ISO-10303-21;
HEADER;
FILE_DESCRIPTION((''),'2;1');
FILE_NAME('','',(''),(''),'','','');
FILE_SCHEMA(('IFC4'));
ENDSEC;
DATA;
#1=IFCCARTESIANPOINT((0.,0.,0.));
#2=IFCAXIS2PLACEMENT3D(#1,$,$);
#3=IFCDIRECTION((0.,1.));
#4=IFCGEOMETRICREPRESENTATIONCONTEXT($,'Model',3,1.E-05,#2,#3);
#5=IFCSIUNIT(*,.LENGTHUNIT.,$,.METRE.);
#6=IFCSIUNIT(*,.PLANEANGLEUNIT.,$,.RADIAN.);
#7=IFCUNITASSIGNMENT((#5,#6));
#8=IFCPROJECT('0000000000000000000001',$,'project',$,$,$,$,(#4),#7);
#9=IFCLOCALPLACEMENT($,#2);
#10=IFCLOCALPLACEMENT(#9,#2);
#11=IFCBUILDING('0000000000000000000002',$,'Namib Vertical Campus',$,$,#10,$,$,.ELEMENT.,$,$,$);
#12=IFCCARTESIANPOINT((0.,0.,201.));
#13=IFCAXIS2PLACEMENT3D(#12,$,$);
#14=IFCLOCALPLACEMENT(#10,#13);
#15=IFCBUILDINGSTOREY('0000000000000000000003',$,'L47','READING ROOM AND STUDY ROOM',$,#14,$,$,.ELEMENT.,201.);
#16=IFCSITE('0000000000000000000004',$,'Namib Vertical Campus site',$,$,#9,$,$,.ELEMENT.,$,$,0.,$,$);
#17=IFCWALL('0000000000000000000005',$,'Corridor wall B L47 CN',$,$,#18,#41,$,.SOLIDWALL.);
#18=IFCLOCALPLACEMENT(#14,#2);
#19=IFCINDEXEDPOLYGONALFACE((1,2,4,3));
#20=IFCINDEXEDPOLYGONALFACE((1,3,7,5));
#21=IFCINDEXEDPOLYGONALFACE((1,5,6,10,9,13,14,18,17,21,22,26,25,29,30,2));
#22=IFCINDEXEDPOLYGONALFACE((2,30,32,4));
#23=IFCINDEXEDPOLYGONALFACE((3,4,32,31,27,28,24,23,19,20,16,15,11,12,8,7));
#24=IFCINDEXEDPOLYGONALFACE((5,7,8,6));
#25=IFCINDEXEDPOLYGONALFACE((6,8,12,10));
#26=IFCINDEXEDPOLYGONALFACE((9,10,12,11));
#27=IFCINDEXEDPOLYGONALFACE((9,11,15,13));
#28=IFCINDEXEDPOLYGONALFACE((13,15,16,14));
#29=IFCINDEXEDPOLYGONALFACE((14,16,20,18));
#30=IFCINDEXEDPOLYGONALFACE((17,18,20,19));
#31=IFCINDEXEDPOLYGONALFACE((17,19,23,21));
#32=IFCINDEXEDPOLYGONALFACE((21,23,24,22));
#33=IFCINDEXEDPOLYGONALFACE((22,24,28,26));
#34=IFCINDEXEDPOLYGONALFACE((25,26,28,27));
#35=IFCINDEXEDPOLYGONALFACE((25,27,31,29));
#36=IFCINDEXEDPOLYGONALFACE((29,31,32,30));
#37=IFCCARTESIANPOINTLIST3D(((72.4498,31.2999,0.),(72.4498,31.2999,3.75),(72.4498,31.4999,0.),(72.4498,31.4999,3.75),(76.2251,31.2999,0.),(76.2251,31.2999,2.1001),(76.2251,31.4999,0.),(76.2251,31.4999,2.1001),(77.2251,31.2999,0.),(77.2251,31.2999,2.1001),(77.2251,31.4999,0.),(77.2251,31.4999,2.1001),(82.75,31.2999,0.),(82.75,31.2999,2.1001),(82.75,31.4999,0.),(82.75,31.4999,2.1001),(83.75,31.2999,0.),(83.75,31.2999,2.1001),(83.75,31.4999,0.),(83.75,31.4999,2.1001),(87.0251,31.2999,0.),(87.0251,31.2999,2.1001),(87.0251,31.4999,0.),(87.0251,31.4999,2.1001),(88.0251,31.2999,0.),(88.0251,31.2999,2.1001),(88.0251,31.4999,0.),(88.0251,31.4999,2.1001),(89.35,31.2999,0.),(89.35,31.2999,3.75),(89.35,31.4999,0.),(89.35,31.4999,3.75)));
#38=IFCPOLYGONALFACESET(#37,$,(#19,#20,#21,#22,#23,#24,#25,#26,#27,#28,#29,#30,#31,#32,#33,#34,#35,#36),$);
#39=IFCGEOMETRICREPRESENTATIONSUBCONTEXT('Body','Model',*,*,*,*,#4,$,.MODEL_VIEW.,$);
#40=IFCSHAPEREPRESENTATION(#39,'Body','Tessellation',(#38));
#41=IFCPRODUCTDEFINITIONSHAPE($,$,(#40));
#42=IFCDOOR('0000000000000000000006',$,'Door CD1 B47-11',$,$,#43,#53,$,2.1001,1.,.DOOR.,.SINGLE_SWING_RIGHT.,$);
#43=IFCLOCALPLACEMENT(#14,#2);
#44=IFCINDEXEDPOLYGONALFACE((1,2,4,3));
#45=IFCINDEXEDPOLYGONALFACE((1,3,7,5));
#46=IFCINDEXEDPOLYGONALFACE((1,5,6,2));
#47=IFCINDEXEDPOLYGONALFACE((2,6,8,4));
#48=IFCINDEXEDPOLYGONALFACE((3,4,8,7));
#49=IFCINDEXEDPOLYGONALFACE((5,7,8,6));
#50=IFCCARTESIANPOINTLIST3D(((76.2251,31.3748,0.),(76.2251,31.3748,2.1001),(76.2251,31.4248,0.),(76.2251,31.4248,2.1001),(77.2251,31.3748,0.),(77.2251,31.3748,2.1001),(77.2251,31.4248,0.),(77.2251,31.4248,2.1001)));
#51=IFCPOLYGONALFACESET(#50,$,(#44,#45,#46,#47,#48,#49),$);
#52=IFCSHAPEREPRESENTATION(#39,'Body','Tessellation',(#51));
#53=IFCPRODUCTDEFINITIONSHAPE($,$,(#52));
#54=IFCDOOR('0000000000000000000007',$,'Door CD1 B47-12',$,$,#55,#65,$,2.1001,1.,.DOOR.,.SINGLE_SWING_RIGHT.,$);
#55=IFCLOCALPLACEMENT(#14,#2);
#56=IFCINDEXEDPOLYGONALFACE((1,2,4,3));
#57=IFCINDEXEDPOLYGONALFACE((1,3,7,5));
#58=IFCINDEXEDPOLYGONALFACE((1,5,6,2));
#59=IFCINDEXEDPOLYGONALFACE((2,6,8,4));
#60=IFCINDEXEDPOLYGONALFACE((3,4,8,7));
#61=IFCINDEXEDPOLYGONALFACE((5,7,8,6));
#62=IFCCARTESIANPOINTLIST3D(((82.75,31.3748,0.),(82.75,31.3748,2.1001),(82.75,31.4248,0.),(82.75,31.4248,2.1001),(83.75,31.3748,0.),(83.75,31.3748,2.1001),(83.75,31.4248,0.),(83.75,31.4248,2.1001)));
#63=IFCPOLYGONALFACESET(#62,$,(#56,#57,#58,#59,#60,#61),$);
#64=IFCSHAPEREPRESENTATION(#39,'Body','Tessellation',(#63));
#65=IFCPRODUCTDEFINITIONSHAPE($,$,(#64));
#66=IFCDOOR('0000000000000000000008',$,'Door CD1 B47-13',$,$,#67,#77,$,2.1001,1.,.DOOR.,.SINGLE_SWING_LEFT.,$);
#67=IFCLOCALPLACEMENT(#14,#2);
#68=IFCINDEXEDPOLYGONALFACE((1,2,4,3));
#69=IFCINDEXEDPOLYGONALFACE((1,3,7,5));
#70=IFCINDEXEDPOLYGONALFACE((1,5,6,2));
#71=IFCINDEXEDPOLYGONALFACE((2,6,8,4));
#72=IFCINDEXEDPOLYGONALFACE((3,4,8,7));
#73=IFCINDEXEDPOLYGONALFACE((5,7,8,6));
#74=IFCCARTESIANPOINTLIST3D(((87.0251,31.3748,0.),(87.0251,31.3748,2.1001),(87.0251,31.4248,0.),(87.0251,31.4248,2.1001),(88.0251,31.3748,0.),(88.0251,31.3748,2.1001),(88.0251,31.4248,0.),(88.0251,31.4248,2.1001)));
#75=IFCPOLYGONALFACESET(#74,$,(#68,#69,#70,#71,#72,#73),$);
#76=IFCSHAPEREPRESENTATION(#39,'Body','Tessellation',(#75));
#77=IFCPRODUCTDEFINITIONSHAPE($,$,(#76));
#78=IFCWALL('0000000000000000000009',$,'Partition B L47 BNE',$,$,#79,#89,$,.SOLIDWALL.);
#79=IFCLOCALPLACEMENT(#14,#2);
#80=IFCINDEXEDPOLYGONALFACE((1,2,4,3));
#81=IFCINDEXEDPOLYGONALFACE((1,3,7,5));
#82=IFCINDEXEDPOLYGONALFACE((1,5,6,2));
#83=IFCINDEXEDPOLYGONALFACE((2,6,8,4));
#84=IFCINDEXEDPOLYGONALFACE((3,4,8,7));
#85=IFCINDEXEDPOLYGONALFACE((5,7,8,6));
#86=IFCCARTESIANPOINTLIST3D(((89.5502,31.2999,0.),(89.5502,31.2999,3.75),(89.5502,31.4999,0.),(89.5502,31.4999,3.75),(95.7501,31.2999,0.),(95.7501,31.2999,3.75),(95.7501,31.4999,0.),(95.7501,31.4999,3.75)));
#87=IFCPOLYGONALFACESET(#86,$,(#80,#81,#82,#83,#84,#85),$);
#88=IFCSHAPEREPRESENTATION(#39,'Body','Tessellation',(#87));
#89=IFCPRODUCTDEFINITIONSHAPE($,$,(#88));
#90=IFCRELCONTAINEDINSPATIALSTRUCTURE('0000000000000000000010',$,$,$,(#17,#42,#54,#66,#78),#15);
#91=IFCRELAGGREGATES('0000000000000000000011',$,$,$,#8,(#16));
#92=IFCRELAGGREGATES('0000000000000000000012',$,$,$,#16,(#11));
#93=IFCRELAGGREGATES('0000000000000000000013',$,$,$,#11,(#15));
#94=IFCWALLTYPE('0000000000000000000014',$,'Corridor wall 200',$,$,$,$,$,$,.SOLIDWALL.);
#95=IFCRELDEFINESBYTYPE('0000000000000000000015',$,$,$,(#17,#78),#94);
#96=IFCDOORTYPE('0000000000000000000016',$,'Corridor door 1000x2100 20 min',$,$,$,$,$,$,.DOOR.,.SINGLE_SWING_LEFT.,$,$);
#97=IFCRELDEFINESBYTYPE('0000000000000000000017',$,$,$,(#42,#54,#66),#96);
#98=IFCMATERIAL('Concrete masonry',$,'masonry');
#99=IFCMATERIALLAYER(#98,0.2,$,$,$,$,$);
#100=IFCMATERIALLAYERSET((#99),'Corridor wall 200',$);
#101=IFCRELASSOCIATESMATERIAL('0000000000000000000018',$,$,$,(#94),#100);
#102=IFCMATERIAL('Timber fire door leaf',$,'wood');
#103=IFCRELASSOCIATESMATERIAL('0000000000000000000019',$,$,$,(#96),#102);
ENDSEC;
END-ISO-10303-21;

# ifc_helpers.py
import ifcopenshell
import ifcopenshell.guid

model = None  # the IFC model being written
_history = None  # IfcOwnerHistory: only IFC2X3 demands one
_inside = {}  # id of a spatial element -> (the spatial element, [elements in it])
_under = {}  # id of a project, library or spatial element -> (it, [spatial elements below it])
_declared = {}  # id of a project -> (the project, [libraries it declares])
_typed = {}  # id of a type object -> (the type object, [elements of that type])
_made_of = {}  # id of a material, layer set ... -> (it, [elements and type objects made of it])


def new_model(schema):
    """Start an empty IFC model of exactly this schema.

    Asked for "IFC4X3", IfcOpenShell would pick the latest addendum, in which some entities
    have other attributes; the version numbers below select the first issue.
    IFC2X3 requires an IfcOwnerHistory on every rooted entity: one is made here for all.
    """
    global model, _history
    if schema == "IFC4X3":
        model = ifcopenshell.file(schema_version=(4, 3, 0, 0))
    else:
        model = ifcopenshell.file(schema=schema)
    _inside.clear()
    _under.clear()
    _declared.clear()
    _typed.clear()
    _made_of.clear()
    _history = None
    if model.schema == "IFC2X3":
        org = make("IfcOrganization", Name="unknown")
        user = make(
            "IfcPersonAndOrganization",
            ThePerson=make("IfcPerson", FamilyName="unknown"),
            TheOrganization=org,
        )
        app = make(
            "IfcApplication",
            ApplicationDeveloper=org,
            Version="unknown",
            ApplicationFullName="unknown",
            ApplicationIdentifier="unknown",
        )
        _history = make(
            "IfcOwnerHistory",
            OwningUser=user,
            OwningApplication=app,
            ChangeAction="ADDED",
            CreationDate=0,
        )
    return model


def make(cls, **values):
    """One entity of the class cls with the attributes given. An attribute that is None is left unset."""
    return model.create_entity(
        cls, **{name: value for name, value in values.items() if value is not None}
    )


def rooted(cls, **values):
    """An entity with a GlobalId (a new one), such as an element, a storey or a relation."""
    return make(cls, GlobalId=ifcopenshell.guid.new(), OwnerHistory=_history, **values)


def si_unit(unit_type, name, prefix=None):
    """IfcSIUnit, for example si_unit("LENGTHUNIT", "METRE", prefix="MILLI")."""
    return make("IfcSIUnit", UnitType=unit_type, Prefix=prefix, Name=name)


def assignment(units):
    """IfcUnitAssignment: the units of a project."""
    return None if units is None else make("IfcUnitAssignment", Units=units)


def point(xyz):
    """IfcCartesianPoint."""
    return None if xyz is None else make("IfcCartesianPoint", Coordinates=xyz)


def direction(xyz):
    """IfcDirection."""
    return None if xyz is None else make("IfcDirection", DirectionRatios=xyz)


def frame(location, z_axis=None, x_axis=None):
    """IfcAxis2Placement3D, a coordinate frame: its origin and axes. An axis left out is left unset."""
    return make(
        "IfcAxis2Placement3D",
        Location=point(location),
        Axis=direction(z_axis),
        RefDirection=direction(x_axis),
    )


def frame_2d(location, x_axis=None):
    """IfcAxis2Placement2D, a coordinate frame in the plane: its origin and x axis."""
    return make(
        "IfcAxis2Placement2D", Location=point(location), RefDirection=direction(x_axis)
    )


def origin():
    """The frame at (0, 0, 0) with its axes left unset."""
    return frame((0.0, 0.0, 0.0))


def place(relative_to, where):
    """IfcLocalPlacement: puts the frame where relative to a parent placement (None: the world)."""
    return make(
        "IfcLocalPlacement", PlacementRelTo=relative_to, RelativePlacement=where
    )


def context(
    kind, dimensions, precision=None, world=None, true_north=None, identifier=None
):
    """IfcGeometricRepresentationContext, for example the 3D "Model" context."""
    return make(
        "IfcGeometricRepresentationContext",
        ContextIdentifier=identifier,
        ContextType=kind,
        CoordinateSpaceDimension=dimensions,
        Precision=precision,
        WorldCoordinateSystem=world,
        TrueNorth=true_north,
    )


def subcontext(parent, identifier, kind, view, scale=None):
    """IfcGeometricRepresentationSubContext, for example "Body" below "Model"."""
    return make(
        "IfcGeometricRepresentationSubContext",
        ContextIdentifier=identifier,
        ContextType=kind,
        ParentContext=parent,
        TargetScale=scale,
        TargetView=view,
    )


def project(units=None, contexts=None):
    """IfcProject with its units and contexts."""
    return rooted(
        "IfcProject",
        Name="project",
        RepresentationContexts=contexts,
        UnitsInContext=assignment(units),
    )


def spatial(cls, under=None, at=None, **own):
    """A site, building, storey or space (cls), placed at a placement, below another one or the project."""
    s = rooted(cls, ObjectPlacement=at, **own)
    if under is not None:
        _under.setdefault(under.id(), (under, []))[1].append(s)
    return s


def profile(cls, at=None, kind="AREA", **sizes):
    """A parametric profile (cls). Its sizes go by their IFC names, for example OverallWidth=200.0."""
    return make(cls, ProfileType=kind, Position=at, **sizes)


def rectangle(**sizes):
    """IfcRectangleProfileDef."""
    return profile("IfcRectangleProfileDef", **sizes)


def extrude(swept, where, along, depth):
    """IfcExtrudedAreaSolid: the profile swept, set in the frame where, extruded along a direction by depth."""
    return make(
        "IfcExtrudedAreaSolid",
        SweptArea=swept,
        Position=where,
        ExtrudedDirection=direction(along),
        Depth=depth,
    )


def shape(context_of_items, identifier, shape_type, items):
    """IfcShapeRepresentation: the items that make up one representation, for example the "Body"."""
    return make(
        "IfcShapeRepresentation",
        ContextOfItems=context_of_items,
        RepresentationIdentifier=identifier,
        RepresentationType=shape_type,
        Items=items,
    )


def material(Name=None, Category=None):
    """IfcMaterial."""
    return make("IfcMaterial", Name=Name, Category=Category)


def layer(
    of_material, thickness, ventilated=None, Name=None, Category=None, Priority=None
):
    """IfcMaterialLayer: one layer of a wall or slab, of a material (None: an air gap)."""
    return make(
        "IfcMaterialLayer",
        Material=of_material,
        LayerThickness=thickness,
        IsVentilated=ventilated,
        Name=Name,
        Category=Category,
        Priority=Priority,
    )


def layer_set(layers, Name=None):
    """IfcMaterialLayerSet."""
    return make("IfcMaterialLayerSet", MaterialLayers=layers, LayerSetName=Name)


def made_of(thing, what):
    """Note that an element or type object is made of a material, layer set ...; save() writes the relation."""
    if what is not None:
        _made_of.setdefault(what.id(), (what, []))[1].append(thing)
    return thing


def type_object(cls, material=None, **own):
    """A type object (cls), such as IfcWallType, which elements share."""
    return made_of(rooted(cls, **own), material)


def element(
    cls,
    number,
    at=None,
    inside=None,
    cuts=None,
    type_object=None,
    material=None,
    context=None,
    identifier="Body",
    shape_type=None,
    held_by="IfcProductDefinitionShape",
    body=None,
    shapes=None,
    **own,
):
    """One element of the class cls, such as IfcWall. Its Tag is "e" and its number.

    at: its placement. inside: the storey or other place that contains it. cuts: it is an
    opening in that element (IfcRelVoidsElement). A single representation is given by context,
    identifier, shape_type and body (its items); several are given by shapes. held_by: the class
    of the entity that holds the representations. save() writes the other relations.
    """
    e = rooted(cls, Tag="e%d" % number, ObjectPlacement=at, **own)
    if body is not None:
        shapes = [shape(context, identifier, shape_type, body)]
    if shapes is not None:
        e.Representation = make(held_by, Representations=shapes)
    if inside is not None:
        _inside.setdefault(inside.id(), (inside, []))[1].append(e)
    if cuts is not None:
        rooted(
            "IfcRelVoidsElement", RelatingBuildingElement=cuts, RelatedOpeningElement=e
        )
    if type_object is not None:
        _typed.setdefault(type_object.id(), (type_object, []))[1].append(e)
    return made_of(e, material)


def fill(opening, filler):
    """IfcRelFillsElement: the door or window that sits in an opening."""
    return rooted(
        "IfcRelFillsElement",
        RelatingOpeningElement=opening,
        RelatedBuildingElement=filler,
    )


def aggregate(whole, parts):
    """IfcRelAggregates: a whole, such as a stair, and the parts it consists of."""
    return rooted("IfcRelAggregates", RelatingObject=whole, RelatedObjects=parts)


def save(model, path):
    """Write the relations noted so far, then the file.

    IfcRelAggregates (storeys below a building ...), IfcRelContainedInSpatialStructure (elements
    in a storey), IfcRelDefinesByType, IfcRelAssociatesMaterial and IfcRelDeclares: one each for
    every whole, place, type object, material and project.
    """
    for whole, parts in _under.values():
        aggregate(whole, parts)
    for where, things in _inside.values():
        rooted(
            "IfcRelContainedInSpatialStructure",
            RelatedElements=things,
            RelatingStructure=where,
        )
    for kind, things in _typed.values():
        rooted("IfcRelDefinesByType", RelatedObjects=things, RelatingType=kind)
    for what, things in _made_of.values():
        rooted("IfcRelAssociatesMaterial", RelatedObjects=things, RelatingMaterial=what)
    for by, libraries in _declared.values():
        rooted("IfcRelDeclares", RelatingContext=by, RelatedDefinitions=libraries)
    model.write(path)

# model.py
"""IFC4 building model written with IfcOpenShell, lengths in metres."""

from ifc_helpers import new_model, si_unit, direction, frame, frame_2d, origin, place, context, subcontext, project, spatial, rectangle, extrude, material, layer, layer_set, type_object, element, fill, save


model = new_model("IFC4")

# Units and contexts
model_context = context("Model", 3, precision=1e-05, world=origin(), true_north=direction((0.0, 1.0)))
body_context = subcontext(model_context, "Body", "Model", "MODEL_VIEW")
ifc_project = project(units=[si_unit("LENGTHUNIT", "METRE"), si_unit("PLANEANGLEUNIT", "RADIAN")], contexts=[model_context])

# Site, building, storey
site_placement = place(None, origin())
site = spatial("IfcSite", under=ifc_project, at=site_placement, Name="Namib Vertical Campus site", CompositionType="ELEMENT", RefElevation=0.0)
building_placement = place(site_placement, origin())
building = spatial("IfcBuilding", under=site, at=building_placement, Name="Namib Vertical Campus", CompositionType="ELEMENT")
storey_placement = place(building_placement, frame((0.0, 0.0, 201.0)))
storey = spatial("IfcBuildingStorey", under=building, at=storey_placement, Name="L47", Description="READING ROOM AND STUDY ROOM", CompositionType="ELEMENT", Elevation=201.0)

# Wall, openings, doors
ifc_material_1 = material(Name="Concrete masonry", Category="masonry")
ifc_layer_1 = layer(ifc_material_1, 0.2)
ifc_layer_set_1 = layer_set([ifc_layer_1], Name="Corridor wall 200")
wall_type_1 = type_object("IfcWallType", Name="Corridor wall 200", PredefinedType="SOLIDWALL", material=ifc_layer_set_1)
wall_1_placement = place(storey_placement, frame((89.3501, 31.3999, 0.0), z_axis=(0.0, 0.0, 1.0), x_axis=(-1.0, 0.0, 0.0)))
wall_1 = element("IfcWall", 1, at=wall_1_placement, inside=storey, type_object=wall_type_1, Name="Corridor wall B L47 CN", PredefinedType="SOLIDWALL", context=body_context, shape_type="SweptSolid", body=[
    extrude(rectangle(XDim=16.9001, YDim=0.2, at=frame_2d((8.4502, 0.0))), origin(), (0.0, 0.0, 1.0), 3.75),
])
opening_1_placement = place(wall_1_placement, frame((12.125, 0.0, 0.0)))
opening_1 = element("IfcOpeningElement", 2, at=opening_1_placement, cuts=wall_1, PredefinedType="OPENING", context=body_context, shape_type="SweptSolid", body=[
    extrude(rectangle(XDim=1.0, YDim=2.1001, at=frame_2d((0.5, 1.05))), frame((0.0, 0.1099, 0.0), z_axis=(0.0, -1.0, 0.0), x_axis=(1.0, 0.0, 0.0)), (0.0, 0.0, 1.0), 0.22),
])
opening_2_placement = place(wall_1_placement, frame((5.6001, 0.0, 0.0)))
opening_2 = element("IfcOpeningElement", 3, at=opening_2_placement, cuts=wall_1, PredefinedType="OPENING", context=body_context, shape_type="SweptSolid", body=[
    extrude(rectangle(XDim=1.0, YDim=2.1001, at=frame_2d((0.5, 1.05))), frame((0.0, 0.1099, 0.0), z_axis=(0.0, -1.0, 0.0), x_axis=(1.0, 0.0, 0.0)), (0.0, 0.0, 1.0), 0.22),
])
opening_3_placement = place(wall_1_placement, frame((1.325, 0.0, 0.0)))
opening_3 = element("IfcOpeningElement", 4, at=opening_3_placement, cuts=wall_1, PredefinedType="OPENING", context=body_context, shape_type="SweptSolid", body=[
    extrude(rectangle(XDim=1.0, YDim=2.1001, at=frame_2d((0.5, 1.05))), frame((0.0, 0.1099, 0.0), z_axis=(0.0, -1.0, 0.0), x_axis=(1.0, 0.0, 0.0)), (0.0, 0.0, 1.0), 0.22),
])
ifc_material_2 = material(Name="Timber fire door leaf", Category="wood")
door_type_1 = type_object("IfcDoorType", Name="Corridor door 1000x2100 20 min", OperationType="SINGLE_SWING_LEFT", PredefinedType="DOOR", material=ifc_material_2)
door_1_placement = place(opening_1_placement, frame((1.0, 0.0, 0.0), z_axis=(0.0, 0.0, 1.0), x_axis=(-1.0, 0.0, 0.0)))
door_1 = element("IfcDoor", 5, at=door_1_placement, inside=storey, type_object=door_type_1, Name="Door CD1 B47-11", OperationType="SINGLE_SWING_RIGHT", OverallHeight=2.1001, OverallWidth=1.0, PredefinedType="DOOR", context=body_context, shape_type="SweptSolid", body=[
    extrude(rectangle(XDim=1.0, YDim=2.1001, at=frame_2d((0.5, 1.05))), frame((0.0, 0.0249, 0.0), z_axis=(0.0, -1.0, 0.0), x_axis=(1.0, 0.0, 0.0)), (0.0, 0.0, 1.0), 0.05),
])
fill(opening_1, door_1)
door_2_placement = place(opening_2_placement, frame((1.0, 0.0, 0.0), z_axis=(0.0, 0.0, 1.0), x_axis=(-1.0, 0.0, 0.0)))
door_2 = element("IfcDoor", 6, at=door_2_placement, inside=storey, type_object=door_type_1, Name="Door CD1 B47-12", OperationType="SINGLE_SWING_RIGHT", OverallHeight=2.1001, OverallWidth=1.0, PredefinedType="DOOR", context=body_context, shape_type="SweptSolid", body=[
    extrude(rectangle(XDim=1.0, YDim=2.1001, at=frame_2d((0.5, 1.05))), frame((0.0, 0.0249, 0.0), z_axis=(0.0, -1.0, 0.0), x_axis=(1.0, 0.0, 0.0)), (0.0, 0.0, 1.0), 0.05),
])
fill(opening_2, door_2)
door_3_placement = place(opening_3_placement, frame((1.0, 0.0, 0.0), z_axis=(0.0, 0.0, 1.0), x_axis=(-1.0, 0.0, 0.0)))
door_3 = element("IfcDoor", 7, at=door_3_placement, inside=storey, type_object=door_type_1, Name="Door CD1 B47-13", OperationType="SINGLE_SWING_LEFT", OverallHeight=2.1001, OverallWidth=1.0, PredefinedType="DOOR", context=body_context, shape_type="SweptSolid", body=[
    extrude(rectangle(XDim=1.0, YDim=2.1001, at=frame_2d((0.5, 1.05))), frame((0.0, 0.0249, 0.0), z_axis=(0.0, -1.0, 0.0), x_axis=(1.0, 0.0, 0.0)), (0.0, 0.0, 1.0), 0.05),
])
fill(opening_3, door_3)

# Wall
wall_2_placement = place(storey_placement, frame((89.55, 31.3999, 0.0), z_axis=(0.0, 0.0, 1.0), x_axis=(1.0, 0.0, 0.0)))
element("IfcWall", 8, at=wall_2_placement, inside=storey, type_object=wall_type_1, Name="Partition B L47 BNE", PredefinedType="SOLIDWALL", context=body_context, shape_type="SweptSolid", body=[
    extrude(rectangle(XDim=6.2, YDim=0.2, at=frame_2d((3.1001, 0.0))), origin(), (0.0, 0.0, 1.0), 3.75),
])

save(model, "model.ifc")
